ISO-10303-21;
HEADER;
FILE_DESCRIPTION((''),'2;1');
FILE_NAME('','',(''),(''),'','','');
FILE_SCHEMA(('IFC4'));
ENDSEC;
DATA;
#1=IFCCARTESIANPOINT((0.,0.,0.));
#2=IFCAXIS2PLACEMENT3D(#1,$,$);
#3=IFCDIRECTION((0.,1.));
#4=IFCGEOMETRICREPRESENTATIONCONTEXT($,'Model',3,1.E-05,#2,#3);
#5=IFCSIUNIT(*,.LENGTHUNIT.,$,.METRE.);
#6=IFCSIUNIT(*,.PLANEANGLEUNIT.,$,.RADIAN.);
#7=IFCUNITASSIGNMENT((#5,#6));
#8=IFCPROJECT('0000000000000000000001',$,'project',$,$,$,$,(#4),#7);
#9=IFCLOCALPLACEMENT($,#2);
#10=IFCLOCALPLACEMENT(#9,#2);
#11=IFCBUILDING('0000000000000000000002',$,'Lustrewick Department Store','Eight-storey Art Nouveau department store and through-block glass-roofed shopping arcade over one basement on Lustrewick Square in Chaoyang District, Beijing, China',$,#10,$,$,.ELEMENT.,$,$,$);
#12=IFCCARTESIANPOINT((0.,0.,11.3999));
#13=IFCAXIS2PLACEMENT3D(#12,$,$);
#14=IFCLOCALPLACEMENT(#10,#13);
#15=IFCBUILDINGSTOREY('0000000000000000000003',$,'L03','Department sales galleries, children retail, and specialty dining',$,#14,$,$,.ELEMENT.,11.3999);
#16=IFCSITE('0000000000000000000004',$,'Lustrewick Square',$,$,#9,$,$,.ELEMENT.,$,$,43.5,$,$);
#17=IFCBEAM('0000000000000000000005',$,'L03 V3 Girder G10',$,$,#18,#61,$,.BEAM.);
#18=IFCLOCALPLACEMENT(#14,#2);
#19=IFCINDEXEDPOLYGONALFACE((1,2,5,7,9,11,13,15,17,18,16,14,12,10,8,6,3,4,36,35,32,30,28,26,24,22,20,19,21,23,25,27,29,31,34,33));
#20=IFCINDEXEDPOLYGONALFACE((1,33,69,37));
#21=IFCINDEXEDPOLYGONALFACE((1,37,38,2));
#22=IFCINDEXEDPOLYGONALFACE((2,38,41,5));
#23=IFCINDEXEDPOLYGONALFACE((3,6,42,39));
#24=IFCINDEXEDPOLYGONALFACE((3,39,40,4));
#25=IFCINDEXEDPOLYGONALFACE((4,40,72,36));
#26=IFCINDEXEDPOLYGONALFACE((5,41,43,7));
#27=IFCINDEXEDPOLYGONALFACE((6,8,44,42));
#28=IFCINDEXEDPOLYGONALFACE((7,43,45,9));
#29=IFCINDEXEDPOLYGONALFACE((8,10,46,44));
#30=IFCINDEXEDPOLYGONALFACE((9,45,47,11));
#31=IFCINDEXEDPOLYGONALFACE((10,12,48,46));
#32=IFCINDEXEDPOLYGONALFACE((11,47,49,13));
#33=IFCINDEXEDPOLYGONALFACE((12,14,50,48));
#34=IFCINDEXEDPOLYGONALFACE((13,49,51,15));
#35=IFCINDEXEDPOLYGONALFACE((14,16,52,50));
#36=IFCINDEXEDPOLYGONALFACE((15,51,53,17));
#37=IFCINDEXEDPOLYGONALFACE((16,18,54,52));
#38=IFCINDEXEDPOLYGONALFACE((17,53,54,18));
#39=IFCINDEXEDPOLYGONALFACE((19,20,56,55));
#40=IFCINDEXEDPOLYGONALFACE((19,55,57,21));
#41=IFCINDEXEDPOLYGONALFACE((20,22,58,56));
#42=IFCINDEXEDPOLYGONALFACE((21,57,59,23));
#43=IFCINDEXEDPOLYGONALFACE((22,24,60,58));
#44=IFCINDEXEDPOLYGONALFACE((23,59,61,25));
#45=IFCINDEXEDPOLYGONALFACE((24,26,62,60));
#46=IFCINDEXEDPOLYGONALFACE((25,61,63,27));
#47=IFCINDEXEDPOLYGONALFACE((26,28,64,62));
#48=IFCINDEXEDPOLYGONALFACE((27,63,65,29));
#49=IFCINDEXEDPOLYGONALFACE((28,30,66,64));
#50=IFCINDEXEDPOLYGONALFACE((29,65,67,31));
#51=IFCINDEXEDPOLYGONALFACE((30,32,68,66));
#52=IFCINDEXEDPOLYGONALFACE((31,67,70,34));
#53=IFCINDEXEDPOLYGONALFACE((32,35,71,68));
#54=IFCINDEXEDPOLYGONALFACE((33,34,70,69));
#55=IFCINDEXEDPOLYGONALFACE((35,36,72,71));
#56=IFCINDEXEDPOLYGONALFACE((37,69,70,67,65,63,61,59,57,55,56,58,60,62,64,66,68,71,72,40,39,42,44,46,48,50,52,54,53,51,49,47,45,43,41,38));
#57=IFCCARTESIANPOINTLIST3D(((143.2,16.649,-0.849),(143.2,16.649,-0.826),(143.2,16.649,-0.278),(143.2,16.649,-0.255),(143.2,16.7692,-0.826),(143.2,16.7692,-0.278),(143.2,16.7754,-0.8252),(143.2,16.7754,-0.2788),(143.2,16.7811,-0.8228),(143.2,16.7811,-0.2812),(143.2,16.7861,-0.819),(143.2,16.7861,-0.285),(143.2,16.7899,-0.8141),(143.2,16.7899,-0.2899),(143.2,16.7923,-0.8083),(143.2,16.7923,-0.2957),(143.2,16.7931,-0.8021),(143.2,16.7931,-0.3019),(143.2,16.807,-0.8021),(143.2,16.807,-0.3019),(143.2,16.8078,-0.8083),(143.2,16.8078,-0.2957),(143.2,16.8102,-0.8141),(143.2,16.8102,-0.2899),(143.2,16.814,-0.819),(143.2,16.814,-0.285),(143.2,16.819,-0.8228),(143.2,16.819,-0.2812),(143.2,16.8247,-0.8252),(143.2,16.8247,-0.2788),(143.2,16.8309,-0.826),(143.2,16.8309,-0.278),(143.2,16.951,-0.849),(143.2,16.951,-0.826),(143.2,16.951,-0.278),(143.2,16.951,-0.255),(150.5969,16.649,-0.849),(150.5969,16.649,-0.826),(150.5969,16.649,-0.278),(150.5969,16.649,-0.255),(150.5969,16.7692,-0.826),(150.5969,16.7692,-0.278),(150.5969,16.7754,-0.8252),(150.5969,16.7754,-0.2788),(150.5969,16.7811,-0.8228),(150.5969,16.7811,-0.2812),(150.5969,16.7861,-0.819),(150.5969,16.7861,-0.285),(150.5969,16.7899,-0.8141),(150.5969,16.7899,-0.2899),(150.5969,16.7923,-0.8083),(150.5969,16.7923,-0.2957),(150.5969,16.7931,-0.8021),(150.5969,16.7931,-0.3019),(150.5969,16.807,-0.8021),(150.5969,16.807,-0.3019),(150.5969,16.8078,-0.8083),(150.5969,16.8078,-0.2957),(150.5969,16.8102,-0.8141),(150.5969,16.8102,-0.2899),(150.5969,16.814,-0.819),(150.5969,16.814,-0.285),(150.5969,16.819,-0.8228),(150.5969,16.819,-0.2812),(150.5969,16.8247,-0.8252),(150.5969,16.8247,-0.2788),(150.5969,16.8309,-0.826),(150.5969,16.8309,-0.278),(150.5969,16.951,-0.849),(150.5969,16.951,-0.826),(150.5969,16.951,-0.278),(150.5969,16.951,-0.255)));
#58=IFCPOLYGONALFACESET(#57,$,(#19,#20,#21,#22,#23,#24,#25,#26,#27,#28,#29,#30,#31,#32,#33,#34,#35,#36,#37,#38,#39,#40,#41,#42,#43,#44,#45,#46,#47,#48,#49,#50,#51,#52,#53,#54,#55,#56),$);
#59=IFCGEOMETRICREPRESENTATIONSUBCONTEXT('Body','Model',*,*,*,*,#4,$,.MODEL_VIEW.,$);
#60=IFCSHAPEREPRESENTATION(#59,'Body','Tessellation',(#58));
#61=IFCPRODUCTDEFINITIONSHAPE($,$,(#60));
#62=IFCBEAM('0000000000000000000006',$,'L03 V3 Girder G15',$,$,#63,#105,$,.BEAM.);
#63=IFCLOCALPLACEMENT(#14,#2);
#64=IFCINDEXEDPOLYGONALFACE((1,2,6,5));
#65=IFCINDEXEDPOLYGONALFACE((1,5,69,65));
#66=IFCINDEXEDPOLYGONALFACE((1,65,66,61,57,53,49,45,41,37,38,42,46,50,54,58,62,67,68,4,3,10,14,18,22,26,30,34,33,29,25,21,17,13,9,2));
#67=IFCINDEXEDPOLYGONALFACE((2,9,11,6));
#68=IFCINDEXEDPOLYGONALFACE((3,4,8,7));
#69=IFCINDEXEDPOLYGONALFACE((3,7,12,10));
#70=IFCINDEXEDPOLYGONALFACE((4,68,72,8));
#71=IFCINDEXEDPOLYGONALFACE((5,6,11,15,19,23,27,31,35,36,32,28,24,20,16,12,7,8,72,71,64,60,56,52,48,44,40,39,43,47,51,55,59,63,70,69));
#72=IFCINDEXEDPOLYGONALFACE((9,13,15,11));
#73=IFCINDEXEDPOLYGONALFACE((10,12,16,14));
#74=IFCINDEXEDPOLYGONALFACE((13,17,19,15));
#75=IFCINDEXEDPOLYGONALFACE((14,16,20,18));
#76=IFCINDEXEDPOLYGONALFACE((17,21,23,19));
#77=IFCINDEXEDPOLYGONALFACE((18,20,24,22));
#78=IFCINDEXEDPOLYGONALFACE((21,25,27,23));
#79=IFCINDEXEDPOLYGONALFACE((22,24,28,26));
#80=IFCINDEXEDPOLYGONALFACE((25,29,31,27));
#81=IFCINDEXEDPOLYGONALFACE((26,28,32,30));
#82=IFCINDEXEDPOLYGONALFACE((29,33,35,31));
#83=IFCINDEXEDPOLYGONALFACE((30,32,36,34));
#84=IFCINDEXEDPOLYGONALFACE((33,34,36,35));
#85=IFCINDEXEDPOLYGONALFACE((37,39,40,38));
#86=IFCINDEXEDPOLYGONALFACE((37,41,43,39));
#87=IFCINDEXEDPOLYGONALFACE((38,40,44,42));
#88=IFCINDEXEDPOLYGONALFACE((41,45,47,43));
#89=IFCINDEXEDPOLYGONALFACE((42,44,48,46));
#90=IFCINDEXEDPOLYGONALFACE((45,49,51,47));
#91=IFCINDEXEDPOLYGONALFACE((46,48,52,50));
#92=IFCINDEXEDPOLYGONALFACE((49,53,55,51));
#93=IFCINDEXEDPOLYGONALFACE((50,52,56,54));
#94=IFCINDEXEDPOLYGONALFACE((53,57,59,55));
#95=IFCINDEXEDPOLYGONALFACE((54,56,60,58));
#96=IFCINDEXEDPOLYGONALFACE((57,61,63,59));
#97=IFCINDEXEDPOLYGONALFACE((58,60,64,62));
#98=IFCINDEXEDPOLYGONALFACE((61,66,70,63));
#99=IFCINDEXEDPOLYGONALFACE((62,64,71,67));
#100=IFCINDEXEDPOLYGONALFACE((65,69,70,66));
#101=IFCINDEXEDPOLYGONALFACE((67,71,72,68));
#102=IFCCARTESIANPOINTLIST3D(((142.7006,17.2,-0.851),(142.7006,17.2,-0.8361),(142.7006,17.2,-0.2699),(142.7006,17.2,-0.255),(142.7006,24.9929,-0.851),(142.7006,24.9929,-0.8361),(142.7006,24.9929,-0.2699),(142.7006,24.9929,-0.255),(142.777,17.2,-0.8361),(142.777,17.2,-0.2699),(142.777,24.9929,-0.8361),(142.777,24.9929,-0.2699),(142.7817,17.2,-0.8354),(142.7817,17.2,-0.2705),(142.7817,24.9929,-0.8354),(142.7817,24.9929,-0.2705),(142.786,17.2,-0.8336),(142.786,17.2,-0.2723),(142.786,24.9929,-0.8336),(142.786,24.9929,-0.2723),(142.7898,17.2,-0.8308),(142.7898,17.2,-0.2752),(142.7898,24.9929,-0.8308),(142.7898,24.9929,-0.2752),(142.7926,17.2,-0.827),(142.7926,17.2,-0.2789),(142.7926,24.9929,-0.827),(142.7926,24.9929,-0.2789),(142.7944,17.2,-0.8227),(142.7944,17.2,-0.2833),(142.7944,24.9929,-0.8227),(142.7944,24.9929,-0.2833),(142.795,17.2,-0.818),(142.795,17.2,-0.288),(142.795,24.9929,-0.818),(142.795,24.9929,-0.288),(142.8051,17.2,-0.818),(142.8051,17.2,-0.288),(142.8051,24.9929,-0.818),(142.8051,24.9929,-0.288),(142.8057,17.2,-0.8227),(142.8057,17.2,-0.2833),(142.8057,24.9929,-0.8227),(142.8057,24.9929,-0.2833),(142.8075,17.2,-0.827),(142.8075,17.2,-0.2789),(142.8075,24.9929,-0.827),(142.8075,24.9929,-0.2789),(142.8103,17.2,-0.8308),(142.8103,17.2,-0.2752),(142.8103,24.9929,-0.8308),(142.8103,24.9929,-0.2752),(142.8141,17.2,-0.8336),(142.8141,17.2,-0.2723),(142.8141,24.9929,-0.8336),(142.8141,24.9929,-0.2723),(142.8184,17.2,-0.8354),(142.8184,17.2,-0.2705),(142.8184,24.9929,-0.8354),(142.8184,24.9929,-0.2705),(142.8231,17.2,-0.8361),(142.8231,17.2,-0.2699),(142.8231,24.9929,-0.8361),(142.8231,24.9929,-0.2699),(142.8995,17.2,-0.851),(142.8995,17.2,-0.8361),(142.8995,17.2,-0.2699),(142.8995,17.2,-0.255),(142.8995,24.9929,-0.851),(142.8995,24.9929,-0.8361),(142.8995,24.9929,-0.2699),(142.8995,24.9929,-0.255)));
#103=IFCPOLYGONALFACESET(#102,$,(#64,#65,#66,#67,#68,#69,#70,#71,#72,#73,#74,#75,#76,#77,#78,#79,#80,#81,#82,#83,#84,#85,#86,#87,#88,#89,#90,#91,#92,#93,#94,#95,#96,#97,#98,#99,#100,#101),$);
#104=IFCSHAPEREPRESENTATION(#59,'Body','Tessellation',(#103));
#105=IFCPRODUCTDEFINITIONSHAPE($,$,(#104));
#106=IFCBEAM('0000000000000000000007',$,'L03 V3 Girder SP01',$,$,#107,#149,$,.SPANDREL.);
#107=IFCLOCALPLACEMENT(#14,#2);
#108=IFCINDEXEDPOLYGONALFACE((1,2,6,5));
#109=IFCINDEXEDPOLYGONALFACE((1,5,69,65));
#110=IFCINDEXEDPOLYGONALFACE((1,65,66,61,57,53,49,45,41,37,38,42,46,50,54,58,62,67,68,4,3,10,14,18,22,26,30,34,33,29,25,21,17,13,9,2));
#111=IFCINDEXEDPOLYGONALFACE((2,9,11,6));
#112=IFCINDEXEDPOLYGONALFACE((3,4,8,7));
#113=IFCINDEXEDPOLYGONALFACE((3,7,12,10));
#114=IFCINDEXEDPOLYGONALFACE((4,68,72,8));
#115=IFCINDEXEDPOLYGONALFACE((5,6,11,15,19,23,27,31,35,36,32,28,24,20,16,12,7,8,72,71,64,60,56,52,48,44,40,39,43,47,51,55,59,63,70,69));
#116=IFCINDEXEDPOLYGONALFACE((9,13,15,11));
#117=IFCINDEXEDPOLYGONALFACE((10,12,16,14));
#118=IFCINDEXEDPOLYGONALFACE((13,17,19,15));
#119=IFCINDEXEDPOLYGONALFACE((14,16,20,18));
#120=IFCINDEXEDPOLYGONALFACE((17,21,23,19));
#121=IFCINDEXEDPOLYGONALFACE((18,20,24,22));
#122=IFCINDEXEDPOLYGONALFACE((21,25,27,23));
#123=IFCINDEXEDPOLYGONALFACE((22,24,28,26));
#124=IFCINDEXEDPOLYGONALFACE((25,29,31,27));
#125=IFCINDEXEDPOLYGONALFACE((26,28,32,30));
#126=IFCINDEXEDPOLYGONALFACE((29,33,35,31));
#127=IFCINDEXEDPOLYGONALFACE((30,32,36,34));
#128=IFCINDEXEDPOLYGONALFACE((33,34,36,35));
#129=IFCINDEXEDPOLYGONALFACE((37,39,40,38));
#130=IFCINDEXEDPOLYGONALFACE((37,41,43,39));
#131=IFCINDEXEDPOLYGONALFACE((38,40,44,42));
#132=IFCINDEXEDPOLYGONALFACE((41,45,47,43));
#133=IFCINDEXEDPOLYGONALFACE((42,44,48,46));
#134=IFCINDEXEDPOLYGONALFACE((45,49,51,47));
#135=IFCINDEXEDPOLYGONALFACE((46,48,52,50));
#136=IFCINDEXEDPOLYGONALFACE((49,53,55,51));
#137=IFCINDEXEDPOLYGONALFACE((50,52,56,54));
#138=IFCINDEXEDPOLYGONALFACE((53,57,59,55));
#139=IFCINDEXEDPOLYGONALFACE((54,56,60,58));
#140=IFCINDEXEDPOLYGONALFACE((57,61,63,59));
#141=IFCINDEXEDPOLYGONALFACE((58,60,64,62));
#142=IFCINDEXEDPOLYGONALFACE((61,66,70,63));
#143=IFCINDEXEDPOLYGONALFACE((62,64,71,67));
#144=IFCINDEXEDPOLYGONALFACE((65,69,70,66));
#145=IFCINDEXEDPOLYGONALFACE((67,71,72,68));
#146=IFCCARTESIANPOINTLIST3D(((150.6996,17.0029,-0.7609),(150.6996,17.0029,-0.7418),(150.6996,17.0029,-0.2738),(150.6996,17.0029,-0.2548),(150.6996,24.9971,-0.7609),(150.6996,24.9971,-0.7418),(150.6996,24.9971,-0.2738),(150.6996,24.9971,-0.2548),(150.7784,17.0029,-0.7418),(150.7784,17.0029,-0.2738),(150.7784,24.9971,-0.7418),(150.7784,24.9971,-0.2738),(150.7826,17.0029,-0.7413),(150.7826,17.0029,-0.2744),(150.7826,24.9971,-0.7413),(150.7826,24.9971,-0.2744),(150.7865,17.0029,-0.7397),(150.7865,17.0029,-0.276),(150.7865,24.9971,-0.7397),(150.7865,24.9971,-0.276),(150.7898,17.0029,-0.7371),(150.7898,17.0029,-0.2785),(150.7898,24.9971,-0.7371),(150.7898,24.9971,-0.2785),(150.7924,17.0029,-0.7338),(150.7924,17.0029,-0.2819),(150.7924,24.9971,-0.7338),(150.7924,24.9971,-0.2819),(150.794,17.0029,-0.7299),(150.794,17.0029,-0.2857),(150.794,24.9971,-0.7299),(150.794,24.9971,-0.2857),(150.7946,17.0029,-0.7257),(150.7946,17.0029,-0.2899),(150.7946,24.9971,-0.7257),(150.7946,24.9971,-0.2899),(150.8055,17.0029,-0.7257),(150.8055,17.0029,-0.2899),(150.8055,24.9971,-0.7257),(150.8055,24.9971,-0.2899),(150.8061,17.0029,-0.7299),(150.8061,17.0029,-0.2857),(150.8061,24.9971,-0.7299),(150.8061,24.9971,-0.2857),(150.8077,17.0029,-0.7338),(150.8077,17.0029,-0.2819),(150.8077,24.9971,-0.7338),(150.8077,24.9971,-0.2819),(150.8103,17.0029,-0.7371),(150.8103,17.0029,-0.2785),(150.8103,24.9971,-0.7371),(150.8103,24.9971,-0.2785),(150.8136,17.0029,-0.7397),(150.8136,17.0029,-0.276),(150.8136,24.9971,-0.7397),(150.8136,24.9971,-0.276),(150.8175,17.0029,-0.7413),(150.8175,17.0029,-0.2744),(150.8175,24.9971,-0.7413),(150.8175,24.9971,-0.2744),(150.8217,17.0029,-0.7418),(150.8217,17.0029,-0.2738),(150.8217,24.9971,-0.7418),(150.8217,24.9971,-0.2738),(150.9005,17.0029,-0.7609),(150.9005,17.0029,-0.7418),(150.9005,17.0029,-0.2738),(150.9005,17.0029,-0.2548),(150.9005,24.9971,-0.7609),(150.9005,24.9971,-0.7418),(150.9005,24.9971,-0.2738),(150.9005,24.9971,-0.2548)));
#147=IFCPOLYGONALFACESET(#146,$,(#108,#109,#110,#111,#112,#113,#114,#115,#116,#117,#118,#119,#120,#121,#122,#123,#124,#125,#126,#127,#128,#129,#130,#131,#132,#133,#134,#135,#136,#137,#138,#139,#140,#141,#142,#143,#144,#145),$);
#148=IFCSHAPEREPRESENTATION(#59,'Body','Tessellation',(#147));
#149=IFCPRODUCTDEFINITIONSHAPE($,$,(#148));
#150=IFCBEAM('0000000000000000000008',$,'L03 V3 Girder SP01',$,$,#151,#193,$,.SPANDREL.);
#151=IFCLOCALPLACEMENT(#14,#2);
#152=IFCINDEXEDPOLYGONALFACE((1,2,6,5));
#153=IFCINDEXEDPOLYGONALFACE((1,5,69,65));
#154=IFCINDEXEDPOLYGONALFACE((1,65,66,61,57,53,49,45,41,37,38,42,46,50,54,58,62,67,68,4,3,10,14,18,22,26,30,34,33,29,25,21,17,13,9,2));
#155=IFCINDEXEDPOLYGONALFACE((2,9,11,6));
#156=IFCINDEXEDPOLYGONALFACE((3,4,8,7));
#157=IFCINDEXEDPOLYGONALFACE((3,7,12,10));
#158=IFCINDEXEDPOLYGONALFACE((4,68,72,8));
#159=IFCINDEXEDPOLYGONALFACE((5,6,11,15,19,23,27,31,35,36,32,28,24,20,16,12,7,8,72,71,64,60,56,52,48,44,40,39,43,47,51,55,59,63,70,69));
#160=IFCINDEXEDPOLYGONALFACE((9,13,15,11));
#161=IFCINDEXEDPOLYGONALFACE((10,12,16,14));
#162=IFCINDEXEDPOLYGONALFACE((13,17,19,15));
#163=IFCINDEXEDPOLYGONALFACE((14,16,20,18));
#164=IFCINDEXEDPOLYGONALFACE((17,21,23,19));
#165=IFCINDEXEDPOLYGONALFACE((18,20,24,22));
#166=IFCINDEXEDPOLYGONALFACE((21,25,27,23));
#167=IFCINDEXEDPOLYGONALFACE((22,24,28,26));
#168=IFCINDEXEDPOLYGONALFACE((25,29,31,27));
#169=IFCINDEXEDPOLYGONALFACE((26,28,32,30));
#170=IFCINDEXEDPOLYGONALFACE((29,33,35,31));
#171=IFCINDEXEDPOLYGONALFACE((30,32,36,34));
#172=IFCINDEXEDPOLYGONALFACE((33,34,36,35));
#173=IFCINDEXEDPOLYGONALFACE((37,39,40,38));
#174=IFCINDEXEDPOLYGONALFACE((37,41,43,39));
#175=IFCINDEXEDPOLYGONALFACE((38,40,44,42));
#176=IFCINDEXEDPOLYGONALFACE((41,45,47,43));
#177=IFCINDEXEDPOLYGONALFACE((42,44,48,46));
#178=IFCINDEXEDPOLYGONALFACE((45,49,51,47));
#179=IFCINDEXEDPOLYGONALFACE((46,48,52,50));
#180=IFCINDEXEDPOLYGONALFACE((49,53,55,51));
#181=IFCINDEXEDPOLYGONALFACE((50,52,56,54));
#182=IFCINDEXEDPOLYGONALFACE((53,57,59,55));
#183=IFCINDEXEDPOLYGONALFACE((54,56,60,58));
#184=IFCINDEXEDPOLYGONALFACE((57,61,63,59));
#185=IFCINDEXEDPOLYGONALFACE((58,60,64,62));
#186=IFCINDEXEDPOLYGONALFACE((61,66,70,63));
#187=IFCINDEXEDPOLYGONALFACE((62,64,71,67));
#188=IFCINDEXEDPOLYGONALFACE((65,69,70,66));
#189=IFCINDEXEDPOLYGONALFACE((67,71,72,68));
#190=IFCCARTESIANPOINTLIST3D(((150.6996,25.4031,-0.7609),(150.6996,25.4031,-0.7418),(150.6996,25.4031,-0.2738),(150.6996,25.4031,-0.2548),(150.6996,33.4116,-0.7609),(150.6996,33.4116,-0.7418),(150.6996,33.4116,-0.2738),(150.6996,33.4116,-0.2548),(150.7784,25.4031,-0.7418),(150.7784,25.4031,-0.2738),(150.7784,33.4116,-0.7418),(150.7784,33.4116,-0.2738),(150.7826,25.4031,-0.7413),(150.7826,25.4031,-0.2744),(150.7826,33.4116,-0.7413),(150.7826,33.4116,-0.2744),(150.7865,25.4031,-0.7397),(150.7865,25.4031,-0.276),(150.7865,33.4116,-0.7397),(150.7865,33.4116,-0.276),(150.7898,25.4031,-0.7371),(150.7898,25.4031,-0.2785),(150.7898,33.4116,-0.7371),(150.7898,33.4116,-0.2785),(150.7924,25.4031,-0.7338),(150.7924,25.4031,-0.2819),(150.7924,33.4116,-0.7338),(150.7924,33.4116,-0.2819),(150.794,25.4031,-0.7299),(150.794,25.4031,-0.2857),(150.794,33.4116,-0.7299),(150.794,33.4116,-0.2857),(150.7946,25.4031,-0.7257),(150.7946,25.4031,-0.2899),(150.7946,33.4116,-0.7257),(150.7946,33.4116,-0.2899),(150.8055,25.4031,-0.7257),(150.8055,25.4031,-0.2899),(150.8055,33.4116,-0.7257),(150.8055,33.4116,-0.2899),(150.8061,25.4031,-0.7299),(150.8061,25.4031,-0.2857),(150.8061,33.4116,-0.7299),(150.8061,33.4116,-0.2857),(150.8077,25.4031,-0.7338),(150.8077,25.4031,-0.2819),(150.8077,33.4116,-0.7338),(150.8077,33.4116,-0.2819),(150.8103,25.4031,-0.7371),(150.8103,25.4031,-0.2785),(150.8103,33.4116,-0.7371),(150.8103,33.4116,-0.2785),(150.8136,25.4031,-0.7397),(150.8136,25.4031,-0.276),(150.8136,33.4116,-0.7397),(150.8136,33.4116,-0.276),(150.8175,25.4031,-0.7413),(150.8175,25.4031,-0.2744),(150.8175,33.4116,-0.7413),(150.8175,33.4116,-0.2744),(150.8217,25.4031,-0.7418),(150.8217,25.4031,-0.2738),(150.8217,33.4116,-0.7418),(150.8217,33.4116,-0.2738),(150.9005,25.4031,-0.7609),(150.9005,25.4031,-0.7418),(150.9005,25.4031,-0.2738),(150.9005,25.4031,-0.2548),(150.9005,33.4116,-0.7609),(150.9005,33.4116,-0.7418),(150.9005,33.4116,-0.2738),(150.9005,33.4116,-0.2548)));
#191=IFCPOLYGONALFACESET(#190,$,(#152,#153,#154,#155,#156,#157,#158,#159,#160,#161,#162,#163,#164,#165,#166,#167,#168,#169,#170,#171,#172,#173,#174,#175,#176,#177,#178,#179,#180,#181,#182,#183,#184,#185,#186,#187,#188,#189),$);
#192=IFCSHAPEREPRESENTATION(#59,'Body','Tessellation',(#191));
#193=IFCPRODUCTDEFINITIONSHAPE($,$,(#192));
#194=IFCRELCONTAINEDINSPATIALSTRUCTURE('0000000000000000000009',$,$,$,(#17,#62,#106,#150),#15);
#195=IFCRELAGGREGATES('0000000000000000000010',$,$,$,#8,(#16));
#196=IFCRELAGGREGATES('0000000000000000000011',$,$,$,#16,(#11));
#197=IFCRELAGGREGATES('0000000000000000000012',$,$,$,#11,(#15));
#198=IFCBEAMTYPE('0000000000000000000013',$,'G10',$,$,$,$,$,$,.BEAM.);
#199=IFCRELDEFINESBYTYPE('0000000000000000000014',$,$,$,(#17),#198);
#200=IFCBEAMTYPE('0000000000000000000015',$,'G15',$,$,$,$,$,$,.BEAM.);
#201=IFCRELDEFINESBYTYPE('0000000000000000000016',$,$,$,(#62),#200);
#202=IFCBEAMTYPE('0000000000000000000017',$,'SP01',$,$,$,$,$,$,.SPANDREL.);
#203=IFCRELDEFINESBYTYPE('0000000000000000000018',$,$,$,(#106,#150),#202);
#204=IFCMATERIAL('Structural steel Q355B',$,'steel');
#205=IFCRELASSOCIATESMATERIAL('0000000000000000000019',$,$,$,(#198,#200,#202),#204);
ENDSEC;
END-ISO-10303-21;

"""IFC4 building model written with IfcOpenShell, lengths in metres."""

from ifc_helpers import new_model, si_unit, direction, frame, origin, origin_2d, place, context, subcontext, project, spatial, i_section, extrude, material, material_profile, profile_set, type_object, element, save


model = new_model("IFC4")

# Units and contexts
model_context = context("Model", 3, precision=1e-05, world=origin(), true_north=direction((0.0, 1.0)))
body_context = subcontext(model_context, "Body", "Model", "MODEL_VIEW")
ifc_project = project(units=[si_unit("LENGTHUNIT", "METRE"), si_unit("PLANEANGLEUNIT", "RADIAN")], contexts=[model_context])

# Site, building, storey
site_placement = place(None, origin())
site = spatial("IfcSite", under=ifc_project, at=site_placement, Name="Lustrewick Square", CompositionType="ELEMENT", RefElevation=43.5)
building_placement = place(site_placement, origin())
building = spatial("IfcBuilding", under=site, at=building_placement, Name="Lustrewick Department Store", Description="Eight-storey Art Nouveau department store and through-block glass-roofed shopping arcade over one basement on Lustrewick Square in Chaoyang District, Beijing, China", CompositionType="ELEMENT")
storey_placement = place(building_placement, frame((0.0, 0.0, 11.3999)))
storey = spatial("IfcBuildingStorey", under=building, at=storey_placement, Name="L03", Description="Department sales galleries, children retail, and specialty dining", CompositionType="ELEMENT", Elevation=11.3999)

# Shared definitions
ifc_material_1 = material(Name="Structural steel Q355B", Category="steel")

# Beams
ifc_material_profile_1 = material_profile(ifc_material_1, i_section(OverallWidth=0.302, OverallDepth=0.594, WebThickness=0.0139, FlangeThickness=0.0229, FilletRadius=0.0239, at=origin_2d()), Name="HM 594x302x14x23")
ifc_profile_set_1 = profile_set([ifc_material_profile_1], Name="Structural steel Q355B")
beam_type_1 = type_object("IfcBeamType", Name="G10", PredefinedType="BEAM", material=ifc_profile_set_1)
beam_1_placement = place(storey_placement, frame((143.2, 16.8, -0.552), z_axis=(1.0, 0.0, 0.0), x_axis=(0.0, 1.0, 0.0)))
element("IfcBeam", 1, at=beam_1_placement, inside=storey, type_object=beam_type_1, Name="L03 V3 Girder G10", PredefinedType="BEAM", context=body_context, shape_type="SweptSolid", body=[
    extrude(i_section(OverallWidth=0.302, OverallDepth=0.594, WebThickness=0.0139, FlangeThickness=0.0229, FilletRadius=0.0239, at=origin_2d()), origin(), (0.0, 0.0, 1.0), 7.397),
])
ifc_material_profile_2 = material_profile(ifc_material_1, i_section(OverallWidth=0.199, OverallDepth=0.5959, WebThickness=0.01, FlangeThickness=0.0149, FilletRadius=0.0181, at=origin_2d()), Name="HN 596x199x10x15")
ifc_profile_set_2 = profile_set([ifc_material_profile_2], Name="Structural steel Q355B")
beam_type_2 = type_object("IfcBeamType", Name="G15", PredefinedType="BEAM", material=ifc_profile_set_2)
beam_2_placement = place(storey_placement, frame((142.8, 17.2, -0.553), z_axis=(0.0, 1.0, 0.0), x_axis=(-1.0, 0.0, 0.0)))
element("IfcBeam", 2, at=beam_2_placement, inside=storey, type_object=beam_type_2, Name="L03 V3 Girder G15", PredefinedType="BEAM", context=body_context, shape_type="SweptSolid", body=[
    extrude(i_section(OverallWidth=0.199, OverallDepth=0.5959, WebThickness=0.01, FlangeThickness=0.0149, FilletRadius=0.0181, at=origin_2d()), origin(), (0.0, 0.0, 1.0), 7.793),
])
ifc_material_profile_3 = material_profile(ifc_material_1, i_section(OverallWidth=0.2009, OverallDepth=0.5061, WebThickness=0.011, FlangeThickness=0.019, FilletRadius=0.0161, at=origin_2d()), Name="HN 506x201x11x19")
ifc_profile_set_3 = profile_set([ifc_material_profile_3], Name="Structural steel Q355B")
beam_type_3 = type_object("IfcBeamType", Name="SP01", PredefinedType="SPANDREL", material=ifc_profile_set_3)
beam_3_placement = place(storey_placement, frame((150.8, 17.0029, -0.5078), z_axis=(0.0, 1.0, 0.0), x_axis=(-1.0, 0.0, 0.0)))
element("IfcBeam", 3, at=beam_3_placement, inside=storey, type_object=beam_type_3, Name="L03 V3 Girder SP01", PredefinedType="SPANDREL", context=body_context, shape_type="SweptSolid", body=[
    extrude(i_section(OverallWidth=0.2009, OverallDepth=0.5061, WebThickness=0.011, FlangeThickness=0.019, FilletRadius=0.0161, at=origin_2d()), origin(), (0.0, 0.0, 1.0), 7.9941),
])
beam_4_placement = place(storey_placement, frame((150.8, 25.4031, -0.5078), z_axis=(0.0, 1.0, 0.0), x_axis=(-1.0, 0.0, 0.0)))
element("IfcBeam", 4, at=beam_4_placement, inside=storey, type_object=beam_type_3, Name="L03 V3 Girder SP01", PredefinedType="SPANDREL", context=body_context, shape_type="SweptSolid", body=[
    extrude(i_section(OverallWidth=0.2009, OverallDepth=0.5061, WebThickness=0.011, FlangeThickness=0.019, FilletRadius=0.0161, at=origin_2d()), origin(), (0.0, 0.0, 1.0), 8.0085),
])

save(model, "model.ifc")
